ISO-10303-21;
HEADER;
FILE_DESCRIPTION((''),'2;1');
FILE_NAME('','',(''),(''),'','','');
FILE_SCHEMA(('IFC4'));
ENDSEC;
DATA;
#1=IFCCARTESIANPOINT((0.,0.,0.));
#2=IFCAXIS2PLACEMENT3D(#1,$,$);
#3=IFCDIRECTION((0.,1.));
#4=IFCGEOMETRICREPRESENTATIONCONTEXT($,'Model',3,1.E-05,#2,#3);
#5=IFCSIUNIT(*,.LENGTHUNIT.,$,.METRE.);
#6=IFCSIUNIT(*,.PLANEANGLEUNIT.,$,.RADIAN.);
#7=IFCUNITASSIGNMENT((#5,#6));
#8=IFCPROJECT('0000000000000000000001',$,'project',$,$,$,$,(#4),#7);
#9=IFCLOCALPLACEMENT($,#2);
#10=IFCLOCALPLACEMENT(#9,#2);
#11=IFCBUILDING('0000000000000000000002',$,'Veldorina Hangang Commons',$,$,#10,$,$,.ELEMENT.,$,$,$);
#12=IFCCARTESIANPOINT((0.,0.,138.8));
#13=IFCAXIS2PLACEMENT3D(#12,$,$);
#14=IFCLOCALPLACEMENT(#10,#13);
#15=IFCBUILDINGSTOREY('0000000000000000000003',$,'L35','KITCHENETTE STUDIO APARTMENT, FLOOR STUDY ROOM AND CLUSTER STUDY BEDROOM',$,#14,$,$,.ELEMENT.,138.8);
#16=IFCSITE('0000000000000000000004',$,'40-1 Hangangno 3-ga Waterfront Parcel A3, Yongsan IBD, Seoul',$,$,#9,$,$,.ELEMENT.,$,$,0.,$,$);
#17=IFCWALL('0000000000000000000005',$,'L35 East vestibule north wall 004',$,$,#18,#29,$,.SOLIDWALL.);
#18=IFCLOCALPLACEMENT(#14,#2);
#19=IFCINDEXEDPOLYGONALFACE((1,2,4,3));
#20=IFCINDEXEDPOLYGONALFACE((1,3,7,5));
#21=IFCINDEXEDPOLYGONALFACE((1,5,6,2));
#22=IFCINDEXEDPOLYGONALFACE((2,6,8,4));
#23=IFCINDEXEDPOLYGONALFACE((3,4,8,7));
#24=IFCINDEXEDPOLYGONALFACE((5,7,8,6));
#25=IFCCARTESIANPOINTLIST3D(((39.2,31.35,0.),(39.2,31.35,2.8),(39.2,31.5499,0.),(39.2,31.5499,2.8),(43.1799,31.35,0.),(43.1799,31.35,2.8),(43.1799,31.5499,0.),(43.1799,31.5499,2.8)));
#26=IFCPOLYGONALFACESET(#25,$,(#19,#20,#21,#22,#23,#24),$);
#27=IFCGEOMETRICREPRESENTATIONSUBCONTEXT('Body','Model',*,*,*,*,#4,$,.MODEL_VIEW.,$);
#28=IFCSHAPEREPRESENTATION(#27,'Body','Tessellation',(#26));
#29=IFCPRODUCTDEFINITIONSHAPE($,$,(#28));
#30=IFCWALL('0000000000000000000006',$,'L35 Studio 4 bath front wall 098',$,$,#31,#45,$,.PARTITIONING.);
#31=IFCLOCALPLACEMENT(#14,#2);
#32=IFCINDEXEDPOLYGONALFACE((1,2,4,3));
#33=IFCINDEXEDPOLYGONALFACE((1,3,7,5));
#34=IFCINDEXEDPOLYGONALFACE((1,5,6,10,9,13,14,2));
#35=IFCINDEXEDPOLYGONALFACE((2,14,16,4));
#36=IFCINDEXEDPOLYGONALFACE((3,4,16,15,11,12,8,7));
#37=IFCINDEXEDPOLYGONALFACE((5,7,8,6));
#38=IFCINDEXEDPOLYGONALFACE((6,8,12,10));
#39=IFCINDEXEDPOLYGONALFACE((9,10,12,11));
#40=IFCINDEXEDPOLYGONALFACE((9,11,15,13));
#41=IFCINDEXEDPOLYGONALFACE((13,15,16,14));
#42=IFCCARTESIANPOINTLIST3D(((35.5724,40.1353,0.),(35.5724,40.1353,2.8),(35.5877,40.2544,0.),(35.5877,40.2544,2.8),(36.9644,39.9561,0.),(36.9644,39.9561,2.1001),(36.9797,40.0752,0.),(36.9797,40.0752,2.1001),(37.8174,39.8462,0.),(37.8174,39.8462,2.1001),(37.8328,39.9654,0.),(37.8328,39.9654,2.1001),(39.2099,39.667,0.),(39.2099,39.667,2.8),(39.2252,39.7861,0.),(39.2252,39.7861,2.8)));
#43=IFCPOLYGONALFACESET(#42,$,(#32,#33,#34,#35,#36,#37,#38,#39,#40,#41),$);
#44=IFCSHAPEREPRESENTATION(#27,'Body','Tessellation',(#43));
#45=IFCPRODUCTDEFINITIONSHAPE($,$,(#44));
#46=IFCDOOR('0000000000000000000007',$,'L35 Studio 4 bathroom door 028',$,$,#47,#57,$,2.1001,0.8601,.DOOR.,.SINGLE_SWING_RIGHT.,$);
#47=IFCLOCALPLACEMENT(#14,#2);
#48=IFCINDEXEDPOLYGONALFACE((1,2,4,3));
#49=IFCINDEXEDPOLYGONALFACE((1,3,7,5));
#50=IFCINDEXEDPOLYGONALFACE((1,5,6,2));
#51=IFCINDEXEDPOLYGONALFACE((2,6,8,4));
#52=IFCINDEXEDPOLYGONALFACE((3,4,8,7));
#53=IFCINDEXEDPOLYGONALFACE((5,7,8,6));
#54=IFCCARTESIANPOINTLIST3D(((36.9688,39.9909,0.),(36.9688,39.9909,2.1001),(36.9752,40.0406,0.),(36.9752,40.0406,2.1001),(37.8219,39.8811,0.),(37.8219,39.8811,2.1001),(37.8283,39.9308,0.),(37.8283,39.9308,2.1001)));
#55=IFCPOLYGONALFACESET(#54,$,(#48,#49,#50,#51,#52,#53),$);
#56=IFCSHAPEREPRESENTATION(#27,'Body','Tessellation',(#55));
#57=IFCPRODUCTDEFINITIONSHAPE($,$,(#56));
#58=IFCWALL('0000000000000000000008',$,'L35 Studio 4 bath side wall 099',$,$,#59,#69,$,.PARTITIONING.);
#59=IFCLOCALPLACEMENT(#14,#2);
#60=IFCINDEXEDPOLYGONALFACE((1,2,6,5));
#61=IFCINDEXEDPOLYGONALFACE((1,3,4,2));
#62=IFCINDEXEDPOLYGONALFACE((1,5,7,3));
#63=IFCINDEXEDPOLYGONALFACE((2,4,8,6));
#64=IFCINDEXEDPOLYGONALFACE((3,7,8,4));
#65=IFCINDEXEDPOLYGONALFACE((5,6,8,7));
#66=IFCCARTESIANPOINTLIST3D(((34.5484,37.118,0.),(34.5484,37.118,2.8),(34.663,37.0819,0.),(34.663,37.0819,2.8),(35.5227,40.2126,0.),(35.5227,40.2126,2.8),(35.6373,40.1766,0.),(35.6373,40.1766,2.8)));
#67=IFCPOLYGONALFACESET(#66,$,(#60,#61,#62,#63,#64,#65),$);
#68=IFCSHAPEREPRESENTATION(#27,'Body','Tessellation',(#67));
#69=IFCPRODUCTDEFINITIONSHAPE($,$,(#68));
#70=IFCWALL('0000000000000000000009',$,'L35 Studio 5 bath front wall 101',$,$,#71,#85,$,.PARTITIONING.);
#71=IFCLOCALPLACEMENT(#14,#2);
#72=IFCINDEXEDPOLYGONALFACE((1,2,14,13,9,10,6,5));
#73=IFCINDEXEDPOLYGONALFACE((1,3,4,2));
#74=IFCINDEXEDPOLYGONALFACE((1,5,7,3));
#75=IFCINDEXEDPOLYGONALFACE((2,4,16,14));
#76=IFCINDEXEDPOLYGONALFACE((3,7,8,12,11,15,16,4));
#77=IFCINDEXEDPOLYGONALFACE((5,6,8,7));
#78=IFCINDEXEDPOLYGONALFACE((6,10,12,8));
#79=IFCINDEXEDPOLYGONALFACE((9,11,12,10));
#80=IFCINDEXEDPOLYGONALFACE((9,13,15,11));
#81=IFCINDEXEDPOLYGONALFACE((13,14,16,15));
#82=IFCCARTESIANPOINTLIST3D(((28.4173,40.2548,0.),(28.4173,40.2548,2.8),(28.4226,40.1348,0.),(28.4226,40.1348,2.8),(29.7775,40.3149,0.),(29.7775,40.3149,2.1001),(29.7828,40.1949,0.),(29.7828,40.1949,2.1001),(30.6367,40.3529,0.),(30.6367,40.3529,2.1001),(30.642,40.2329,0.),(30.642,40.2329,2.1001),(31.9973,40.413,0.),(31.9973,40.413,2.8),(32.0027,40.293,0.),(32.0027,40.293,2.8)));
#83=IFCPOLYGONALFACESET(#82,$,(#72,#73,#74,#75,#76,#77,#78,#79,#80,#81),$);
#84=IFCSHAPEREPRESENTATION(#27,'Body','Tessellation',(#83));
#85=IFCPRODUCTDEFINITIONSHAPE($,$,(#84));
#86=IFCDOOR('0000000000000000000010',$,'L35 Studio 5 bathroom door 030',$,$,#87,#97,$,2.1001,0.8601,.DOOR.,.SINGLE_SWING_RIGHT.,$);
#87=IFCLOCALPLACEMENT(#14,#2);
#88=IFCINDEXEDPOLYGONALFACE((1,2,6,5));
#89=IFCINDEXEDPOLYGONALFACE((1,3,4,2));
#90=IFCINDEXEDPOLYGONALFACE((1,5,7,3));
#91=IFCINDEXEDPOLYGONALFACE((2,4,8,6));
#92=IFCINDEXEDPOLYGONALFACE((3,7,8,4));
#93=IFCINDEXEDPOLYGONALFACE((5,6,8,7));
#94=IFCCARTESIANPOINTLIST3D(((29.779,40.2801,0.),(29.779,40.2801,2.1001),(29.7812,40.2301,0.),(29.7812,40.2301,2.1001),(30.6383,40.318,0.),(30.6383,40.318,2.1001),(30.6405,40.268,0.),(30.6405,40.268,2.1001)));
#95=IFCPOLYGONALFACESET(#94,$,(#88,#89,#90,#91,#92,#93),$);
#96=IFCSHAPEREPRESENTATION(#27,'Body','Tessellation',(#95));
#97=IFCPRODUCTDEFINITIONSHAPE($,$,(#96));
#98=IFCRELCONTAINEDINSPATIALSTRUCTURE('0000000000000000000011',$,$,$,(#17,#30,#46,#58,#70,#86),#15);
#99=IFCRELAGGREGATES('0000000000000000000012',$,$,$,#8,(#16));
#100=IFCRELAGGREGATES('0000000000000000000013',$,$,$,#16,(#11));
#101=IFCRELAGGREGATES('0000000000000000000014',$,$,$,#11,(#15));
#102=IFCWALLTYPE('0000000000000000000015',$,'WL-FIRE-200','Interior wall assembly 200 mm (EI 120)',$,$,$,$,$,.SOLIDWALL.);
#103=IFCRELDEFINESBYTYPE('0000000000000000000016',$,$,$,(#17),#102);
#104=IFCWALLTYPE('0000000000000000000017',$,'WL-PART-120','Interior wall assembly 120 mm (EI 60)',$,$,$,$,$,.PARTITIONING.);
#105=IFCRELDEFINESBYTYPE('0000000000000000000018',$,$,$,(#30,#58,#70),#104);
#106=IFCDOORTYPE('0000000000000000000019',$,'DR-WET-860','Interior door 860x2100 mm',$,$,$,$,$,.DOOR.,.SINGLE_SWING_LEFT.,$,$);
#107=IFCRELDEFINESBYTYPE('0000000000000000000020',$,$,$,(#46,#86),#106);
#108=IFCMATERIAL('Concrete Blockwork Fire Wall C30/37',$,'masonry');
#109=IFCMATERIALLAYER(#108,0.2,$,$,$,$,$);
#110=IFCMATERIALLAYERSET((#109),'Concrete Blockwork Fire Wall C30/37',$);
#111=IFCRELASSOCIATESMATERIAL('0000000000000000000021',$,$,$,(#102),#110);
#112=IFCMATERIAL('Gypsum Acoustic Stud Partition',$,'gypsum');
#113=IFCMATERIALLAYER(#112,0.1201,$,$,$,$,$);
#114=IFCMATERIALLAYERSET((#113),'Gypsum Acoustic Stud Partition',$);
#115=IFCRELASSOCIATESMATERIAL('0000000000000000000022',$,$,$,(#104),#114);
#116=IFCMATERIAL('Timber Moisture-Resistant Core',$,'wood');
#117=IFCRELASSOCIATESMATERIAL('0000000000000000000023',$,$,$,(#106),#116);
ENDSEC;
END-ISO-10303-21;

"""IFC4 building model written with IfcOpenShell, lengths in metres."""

from ifc_helpers import new_model, si_unit, direction, frame, frame_2d, origin, place, context, subcontext, project, spatial, rectangle, extrude, material, layer, layer_set, type_object, element, fill, save


model = new_model("IFC4")

# Units and contexts
model_context = context("Model", 3, precision=1e-05, world=origin(), true_north=direction((0.0, 1.0)))
body_context = subcontext(model_context, "Body", "Model", "MODEL_VIEW")
ifc_project = project(units=[si_unit("LENGTHUNIT", "METRE"), si_unit("PLANEANGLEUNIT", "RADIAN")], contexts=[model_context])

# Site, building, storey
site_placement = place(None, origin())
site = spatial("IfcSite", under=ifc_project, at=site_placement, Name="40-1 Hangangno 3-ga Waterfront Parcel A3, Yongsan IBD, Seoul", CompositionType="ELEMENT", RefElevation=0.0)
building_placement = place(site_placement, origin())
building = spatial("IfcBuilding", under=site, at=building_placement, Name="Veldorina Hangang Commons", CompositionType="ELEMENT")
storey_placement = place(building_placement, frame((0.0, 0.0, 138.8)))
storey = spatial("IfcBuildingStorey", under=building, at=storey_placement, Name="L35", Description="KITCHENETTE STUDIO APARTMENT, FLOOR STUDY ROOM AND CLUSTER STUDY BEDROOM", CompositionType="ELEMENT", Elevation=138.8)

# Wall
ifc_material_1 = material(Name="Concrete Blockwork Fire Wall C30/37", Category="masonry")
ifc_layer_1 = layer(ifc_material_1, 0.2)
ifc_layer_set_1 = layer_set([ifc_layer_1], Name="Concrete Blockwork Fire Wall C30/37")
wall_type_1 = type_object("IfcWallType", Name="WL-FIRE-200", Description="Interior wall assembly 200 mm (EI 120)", PredefinedType="SOLIDWALL", material=ifc_layer_set_1)
wall_1_placement = place(storey_placement, frame((39.2, 31.45, 0.0), z_axis=(0.0, 0.0, 1.0), x_axis=(1.0, 0.0, 0.0)))
element("IfcWall", 1, at=wall_1_placement, inside=storey, type_object=wall_type_1, Name="L35 East vestibule north wall 004", PredefinedType="SOLIDWALL", context=body_context, shape_type="SweptSolid", body=[
    extrude(rectangle(XDim=3.98, YDim=0.2, at=frame_2d((1.99, 0.0))), origin(), (0.0, 0.0, 1.0), 2.8),
])

# Wall, opening, door
ifc_material_2 = material(Name="Gypsum Acoustic Stud Partition", Category="gypsum")
ifc_layer_2 = layer(ifc_material_2, 0.1201)
ifc_layer_set_2 = layer_set([ifc_layer_2], Name="Gypsum Acoustic Stud Partition")
wall_type_2 = type_object("IfcWallType", Name="WL-PART-120", Description="Interior wall assembly 120 mm (EI 60)", PredefinedType="PARTITIONING", material=ifc_layer_set_2)
wall_2_placement = place(storey_placement, frame((39.2175, 39.7266, 0.0), z_axis=(0.0, 0.0, 1.0), x_axis=(-0.991815, 0.12768, 0.0)))
wall_2 = element("IfcWall", 2, at=wall_2_placement, inside=storey, type_object=wall_type_2, Name="L35 Studio 4 bath front wall 098", PredefinedType="PARTITIONING", context=body_context, shape_type="SweptSolid", body=[
    extrude(rectangle(XDim=3.6675, YDim=0.1201, at=frame_2d((1.8337, 0.0))), origin(), (0.0, 0.0, 1.0), 2.8),
])
opening_1_placement = place(wall_2_placement, frame((1.4038, 0.0, 0.0)))
opening_1 = element("IfcOpeningElement", 3, at=opening_1_placement, cuts=wall_2, PredefinedType="OPENING", context=body_context, shape_type="SweptSolid", body=[
    extrude(rectangle(XDim=0.8601, YDim=2.1001, at=frame_2d((0.4302, 1.05))), frame((0.0, 0.0701, 0.0), z_axis=(0.0, -1.0, 0.0), x_axis=(1.0, 0.0, 0.0)), (0.0, 0.0, 1.0), 0.1401),
])
ifc_material_3 = material(Name="Timber Moisture-Resistant Core", Category="wood")
door_type_1 = type_object("IfcDoorType", Name="DR-WET-860", Description="Interior door 860x2100 mm", OperationType="SINGLE_SWING_LEFT", PredefinedType="DOOR", material=ifc_material_3)
door_1_placement = place(opening_1_placement, origin())
door_1 = element("IfcDoor", 4, at=door_1_placement, inside=storey, type_object=door_type_1, Name="L35 Studio 4 bathroom door 028", OperationType="SINGLE_SWING_RIGHT", OverallHeight=2.1001, OverallWidth=0.8601, PredefinedType="DOOR", context=body_context, shape_type="SweptSolid", body=[
    extrude(rectangle(XDim=0.8601, YDim=2.1001, at=frame_2d((0.4302, 1.05))), frame((0.0, 0.0249, 0.0), z_axis=(0.0, -1.0, 0.0), x_axis=(1.0, 0.0, 0.0)), (0.0, 0.0, 1.0), 0.05),
])
fill(opening_1, door_1)

# Wall
wall_3_placement = place(storey_placement, frame((34.6057, 37.1001, 0.0), z_axis=(0.0, 0.0, 1.0), x_axis=(0.300314, 0.95384, 0.0)))
element("IfcWall", 5, at=wall_3_placement, inside=storey, type_object=wall_type_2, Name="L35 Studio 4 bath side wall 099", PredefinedType="PARTITIONING", context=body_context, shape_type="SweptSolid", body=[
    extrude(rectangle(XDim=3.2444, YDim=0.1201, at=frame_2d((1.6221, 0.0))), origin(), (0.0, 0.0, 1.0), 2.8),
])

# Wall, opening, door
wall_4_placement = place(storey_placement, frame((32.0, 40.353, 0.0), z_axis=(0.0, 0.0, 1.0), x_axis=(-0.999025, -0.044147, 0.0)))
wall_4 = element("IfcWall", 6, at=wall_4_placement, inside=storey, type_object=wall_type_2, Name="L35 Studio 5 bath front wall 101", PredefinedType="PARTITIONING", context=body_context, shape_type="SweptSolid", body=[
    extrude(rectangle(XDim=3.5835, YDim=0.1201, at=frame_2d((1.7917, 0.0))), origin(), (0.0, 0.0, 1.0), 2.8),
])
opening_2_placement = place(wall_4_placement, frame((1.3618, 0.0, 0.0)))
opening_2 = element("IfcOpeningElement", 7, at=opening_2_placement, cuts=wall_4, PredefinedType="OPENING", context=body_context, shape_type="SweptSolid", body=[
    extrude(rectangle(XDim=0.8601, YDim=2.1001, at=frame_2d((0.4302, 1.05))), frame((0.0, 0.0701, 0.0), z_axis=(0.0, -1.0, 0.0), x_axis=(1.0, 0.0, 0.0)), (0.0, 0.0, 1.0), 0.1401),
])
door_2_placement = place(opening_2_placement, origin())
door_2 = element("IfcDoor", 8, at=door_2_placement, inside=storey, type_object=door_type_1, Name="L35 Studio 5 bathroom door 030", OperationType="SINGLE_SWING_RIGHT", OverallHeight=2.1001, OverallWidth=0.8601, PredefinedType="DOOR", context=body_context, shape_type="SweptSolid", body=[
    extrude(rectangle(XDim=0.8601, YDim=2.1001, at=frame_2d((0.4302, 1.05))), frame((0.0, 0.0249, 0.0), z_axis=(0.0, -1.0, 0.0), x_axis=(1.0, 0.0, 0.0)), (0.0, 0.0, 1.0), 0.05),
])
fill(opening_2, door_2)

save(model, "model.ifc")
